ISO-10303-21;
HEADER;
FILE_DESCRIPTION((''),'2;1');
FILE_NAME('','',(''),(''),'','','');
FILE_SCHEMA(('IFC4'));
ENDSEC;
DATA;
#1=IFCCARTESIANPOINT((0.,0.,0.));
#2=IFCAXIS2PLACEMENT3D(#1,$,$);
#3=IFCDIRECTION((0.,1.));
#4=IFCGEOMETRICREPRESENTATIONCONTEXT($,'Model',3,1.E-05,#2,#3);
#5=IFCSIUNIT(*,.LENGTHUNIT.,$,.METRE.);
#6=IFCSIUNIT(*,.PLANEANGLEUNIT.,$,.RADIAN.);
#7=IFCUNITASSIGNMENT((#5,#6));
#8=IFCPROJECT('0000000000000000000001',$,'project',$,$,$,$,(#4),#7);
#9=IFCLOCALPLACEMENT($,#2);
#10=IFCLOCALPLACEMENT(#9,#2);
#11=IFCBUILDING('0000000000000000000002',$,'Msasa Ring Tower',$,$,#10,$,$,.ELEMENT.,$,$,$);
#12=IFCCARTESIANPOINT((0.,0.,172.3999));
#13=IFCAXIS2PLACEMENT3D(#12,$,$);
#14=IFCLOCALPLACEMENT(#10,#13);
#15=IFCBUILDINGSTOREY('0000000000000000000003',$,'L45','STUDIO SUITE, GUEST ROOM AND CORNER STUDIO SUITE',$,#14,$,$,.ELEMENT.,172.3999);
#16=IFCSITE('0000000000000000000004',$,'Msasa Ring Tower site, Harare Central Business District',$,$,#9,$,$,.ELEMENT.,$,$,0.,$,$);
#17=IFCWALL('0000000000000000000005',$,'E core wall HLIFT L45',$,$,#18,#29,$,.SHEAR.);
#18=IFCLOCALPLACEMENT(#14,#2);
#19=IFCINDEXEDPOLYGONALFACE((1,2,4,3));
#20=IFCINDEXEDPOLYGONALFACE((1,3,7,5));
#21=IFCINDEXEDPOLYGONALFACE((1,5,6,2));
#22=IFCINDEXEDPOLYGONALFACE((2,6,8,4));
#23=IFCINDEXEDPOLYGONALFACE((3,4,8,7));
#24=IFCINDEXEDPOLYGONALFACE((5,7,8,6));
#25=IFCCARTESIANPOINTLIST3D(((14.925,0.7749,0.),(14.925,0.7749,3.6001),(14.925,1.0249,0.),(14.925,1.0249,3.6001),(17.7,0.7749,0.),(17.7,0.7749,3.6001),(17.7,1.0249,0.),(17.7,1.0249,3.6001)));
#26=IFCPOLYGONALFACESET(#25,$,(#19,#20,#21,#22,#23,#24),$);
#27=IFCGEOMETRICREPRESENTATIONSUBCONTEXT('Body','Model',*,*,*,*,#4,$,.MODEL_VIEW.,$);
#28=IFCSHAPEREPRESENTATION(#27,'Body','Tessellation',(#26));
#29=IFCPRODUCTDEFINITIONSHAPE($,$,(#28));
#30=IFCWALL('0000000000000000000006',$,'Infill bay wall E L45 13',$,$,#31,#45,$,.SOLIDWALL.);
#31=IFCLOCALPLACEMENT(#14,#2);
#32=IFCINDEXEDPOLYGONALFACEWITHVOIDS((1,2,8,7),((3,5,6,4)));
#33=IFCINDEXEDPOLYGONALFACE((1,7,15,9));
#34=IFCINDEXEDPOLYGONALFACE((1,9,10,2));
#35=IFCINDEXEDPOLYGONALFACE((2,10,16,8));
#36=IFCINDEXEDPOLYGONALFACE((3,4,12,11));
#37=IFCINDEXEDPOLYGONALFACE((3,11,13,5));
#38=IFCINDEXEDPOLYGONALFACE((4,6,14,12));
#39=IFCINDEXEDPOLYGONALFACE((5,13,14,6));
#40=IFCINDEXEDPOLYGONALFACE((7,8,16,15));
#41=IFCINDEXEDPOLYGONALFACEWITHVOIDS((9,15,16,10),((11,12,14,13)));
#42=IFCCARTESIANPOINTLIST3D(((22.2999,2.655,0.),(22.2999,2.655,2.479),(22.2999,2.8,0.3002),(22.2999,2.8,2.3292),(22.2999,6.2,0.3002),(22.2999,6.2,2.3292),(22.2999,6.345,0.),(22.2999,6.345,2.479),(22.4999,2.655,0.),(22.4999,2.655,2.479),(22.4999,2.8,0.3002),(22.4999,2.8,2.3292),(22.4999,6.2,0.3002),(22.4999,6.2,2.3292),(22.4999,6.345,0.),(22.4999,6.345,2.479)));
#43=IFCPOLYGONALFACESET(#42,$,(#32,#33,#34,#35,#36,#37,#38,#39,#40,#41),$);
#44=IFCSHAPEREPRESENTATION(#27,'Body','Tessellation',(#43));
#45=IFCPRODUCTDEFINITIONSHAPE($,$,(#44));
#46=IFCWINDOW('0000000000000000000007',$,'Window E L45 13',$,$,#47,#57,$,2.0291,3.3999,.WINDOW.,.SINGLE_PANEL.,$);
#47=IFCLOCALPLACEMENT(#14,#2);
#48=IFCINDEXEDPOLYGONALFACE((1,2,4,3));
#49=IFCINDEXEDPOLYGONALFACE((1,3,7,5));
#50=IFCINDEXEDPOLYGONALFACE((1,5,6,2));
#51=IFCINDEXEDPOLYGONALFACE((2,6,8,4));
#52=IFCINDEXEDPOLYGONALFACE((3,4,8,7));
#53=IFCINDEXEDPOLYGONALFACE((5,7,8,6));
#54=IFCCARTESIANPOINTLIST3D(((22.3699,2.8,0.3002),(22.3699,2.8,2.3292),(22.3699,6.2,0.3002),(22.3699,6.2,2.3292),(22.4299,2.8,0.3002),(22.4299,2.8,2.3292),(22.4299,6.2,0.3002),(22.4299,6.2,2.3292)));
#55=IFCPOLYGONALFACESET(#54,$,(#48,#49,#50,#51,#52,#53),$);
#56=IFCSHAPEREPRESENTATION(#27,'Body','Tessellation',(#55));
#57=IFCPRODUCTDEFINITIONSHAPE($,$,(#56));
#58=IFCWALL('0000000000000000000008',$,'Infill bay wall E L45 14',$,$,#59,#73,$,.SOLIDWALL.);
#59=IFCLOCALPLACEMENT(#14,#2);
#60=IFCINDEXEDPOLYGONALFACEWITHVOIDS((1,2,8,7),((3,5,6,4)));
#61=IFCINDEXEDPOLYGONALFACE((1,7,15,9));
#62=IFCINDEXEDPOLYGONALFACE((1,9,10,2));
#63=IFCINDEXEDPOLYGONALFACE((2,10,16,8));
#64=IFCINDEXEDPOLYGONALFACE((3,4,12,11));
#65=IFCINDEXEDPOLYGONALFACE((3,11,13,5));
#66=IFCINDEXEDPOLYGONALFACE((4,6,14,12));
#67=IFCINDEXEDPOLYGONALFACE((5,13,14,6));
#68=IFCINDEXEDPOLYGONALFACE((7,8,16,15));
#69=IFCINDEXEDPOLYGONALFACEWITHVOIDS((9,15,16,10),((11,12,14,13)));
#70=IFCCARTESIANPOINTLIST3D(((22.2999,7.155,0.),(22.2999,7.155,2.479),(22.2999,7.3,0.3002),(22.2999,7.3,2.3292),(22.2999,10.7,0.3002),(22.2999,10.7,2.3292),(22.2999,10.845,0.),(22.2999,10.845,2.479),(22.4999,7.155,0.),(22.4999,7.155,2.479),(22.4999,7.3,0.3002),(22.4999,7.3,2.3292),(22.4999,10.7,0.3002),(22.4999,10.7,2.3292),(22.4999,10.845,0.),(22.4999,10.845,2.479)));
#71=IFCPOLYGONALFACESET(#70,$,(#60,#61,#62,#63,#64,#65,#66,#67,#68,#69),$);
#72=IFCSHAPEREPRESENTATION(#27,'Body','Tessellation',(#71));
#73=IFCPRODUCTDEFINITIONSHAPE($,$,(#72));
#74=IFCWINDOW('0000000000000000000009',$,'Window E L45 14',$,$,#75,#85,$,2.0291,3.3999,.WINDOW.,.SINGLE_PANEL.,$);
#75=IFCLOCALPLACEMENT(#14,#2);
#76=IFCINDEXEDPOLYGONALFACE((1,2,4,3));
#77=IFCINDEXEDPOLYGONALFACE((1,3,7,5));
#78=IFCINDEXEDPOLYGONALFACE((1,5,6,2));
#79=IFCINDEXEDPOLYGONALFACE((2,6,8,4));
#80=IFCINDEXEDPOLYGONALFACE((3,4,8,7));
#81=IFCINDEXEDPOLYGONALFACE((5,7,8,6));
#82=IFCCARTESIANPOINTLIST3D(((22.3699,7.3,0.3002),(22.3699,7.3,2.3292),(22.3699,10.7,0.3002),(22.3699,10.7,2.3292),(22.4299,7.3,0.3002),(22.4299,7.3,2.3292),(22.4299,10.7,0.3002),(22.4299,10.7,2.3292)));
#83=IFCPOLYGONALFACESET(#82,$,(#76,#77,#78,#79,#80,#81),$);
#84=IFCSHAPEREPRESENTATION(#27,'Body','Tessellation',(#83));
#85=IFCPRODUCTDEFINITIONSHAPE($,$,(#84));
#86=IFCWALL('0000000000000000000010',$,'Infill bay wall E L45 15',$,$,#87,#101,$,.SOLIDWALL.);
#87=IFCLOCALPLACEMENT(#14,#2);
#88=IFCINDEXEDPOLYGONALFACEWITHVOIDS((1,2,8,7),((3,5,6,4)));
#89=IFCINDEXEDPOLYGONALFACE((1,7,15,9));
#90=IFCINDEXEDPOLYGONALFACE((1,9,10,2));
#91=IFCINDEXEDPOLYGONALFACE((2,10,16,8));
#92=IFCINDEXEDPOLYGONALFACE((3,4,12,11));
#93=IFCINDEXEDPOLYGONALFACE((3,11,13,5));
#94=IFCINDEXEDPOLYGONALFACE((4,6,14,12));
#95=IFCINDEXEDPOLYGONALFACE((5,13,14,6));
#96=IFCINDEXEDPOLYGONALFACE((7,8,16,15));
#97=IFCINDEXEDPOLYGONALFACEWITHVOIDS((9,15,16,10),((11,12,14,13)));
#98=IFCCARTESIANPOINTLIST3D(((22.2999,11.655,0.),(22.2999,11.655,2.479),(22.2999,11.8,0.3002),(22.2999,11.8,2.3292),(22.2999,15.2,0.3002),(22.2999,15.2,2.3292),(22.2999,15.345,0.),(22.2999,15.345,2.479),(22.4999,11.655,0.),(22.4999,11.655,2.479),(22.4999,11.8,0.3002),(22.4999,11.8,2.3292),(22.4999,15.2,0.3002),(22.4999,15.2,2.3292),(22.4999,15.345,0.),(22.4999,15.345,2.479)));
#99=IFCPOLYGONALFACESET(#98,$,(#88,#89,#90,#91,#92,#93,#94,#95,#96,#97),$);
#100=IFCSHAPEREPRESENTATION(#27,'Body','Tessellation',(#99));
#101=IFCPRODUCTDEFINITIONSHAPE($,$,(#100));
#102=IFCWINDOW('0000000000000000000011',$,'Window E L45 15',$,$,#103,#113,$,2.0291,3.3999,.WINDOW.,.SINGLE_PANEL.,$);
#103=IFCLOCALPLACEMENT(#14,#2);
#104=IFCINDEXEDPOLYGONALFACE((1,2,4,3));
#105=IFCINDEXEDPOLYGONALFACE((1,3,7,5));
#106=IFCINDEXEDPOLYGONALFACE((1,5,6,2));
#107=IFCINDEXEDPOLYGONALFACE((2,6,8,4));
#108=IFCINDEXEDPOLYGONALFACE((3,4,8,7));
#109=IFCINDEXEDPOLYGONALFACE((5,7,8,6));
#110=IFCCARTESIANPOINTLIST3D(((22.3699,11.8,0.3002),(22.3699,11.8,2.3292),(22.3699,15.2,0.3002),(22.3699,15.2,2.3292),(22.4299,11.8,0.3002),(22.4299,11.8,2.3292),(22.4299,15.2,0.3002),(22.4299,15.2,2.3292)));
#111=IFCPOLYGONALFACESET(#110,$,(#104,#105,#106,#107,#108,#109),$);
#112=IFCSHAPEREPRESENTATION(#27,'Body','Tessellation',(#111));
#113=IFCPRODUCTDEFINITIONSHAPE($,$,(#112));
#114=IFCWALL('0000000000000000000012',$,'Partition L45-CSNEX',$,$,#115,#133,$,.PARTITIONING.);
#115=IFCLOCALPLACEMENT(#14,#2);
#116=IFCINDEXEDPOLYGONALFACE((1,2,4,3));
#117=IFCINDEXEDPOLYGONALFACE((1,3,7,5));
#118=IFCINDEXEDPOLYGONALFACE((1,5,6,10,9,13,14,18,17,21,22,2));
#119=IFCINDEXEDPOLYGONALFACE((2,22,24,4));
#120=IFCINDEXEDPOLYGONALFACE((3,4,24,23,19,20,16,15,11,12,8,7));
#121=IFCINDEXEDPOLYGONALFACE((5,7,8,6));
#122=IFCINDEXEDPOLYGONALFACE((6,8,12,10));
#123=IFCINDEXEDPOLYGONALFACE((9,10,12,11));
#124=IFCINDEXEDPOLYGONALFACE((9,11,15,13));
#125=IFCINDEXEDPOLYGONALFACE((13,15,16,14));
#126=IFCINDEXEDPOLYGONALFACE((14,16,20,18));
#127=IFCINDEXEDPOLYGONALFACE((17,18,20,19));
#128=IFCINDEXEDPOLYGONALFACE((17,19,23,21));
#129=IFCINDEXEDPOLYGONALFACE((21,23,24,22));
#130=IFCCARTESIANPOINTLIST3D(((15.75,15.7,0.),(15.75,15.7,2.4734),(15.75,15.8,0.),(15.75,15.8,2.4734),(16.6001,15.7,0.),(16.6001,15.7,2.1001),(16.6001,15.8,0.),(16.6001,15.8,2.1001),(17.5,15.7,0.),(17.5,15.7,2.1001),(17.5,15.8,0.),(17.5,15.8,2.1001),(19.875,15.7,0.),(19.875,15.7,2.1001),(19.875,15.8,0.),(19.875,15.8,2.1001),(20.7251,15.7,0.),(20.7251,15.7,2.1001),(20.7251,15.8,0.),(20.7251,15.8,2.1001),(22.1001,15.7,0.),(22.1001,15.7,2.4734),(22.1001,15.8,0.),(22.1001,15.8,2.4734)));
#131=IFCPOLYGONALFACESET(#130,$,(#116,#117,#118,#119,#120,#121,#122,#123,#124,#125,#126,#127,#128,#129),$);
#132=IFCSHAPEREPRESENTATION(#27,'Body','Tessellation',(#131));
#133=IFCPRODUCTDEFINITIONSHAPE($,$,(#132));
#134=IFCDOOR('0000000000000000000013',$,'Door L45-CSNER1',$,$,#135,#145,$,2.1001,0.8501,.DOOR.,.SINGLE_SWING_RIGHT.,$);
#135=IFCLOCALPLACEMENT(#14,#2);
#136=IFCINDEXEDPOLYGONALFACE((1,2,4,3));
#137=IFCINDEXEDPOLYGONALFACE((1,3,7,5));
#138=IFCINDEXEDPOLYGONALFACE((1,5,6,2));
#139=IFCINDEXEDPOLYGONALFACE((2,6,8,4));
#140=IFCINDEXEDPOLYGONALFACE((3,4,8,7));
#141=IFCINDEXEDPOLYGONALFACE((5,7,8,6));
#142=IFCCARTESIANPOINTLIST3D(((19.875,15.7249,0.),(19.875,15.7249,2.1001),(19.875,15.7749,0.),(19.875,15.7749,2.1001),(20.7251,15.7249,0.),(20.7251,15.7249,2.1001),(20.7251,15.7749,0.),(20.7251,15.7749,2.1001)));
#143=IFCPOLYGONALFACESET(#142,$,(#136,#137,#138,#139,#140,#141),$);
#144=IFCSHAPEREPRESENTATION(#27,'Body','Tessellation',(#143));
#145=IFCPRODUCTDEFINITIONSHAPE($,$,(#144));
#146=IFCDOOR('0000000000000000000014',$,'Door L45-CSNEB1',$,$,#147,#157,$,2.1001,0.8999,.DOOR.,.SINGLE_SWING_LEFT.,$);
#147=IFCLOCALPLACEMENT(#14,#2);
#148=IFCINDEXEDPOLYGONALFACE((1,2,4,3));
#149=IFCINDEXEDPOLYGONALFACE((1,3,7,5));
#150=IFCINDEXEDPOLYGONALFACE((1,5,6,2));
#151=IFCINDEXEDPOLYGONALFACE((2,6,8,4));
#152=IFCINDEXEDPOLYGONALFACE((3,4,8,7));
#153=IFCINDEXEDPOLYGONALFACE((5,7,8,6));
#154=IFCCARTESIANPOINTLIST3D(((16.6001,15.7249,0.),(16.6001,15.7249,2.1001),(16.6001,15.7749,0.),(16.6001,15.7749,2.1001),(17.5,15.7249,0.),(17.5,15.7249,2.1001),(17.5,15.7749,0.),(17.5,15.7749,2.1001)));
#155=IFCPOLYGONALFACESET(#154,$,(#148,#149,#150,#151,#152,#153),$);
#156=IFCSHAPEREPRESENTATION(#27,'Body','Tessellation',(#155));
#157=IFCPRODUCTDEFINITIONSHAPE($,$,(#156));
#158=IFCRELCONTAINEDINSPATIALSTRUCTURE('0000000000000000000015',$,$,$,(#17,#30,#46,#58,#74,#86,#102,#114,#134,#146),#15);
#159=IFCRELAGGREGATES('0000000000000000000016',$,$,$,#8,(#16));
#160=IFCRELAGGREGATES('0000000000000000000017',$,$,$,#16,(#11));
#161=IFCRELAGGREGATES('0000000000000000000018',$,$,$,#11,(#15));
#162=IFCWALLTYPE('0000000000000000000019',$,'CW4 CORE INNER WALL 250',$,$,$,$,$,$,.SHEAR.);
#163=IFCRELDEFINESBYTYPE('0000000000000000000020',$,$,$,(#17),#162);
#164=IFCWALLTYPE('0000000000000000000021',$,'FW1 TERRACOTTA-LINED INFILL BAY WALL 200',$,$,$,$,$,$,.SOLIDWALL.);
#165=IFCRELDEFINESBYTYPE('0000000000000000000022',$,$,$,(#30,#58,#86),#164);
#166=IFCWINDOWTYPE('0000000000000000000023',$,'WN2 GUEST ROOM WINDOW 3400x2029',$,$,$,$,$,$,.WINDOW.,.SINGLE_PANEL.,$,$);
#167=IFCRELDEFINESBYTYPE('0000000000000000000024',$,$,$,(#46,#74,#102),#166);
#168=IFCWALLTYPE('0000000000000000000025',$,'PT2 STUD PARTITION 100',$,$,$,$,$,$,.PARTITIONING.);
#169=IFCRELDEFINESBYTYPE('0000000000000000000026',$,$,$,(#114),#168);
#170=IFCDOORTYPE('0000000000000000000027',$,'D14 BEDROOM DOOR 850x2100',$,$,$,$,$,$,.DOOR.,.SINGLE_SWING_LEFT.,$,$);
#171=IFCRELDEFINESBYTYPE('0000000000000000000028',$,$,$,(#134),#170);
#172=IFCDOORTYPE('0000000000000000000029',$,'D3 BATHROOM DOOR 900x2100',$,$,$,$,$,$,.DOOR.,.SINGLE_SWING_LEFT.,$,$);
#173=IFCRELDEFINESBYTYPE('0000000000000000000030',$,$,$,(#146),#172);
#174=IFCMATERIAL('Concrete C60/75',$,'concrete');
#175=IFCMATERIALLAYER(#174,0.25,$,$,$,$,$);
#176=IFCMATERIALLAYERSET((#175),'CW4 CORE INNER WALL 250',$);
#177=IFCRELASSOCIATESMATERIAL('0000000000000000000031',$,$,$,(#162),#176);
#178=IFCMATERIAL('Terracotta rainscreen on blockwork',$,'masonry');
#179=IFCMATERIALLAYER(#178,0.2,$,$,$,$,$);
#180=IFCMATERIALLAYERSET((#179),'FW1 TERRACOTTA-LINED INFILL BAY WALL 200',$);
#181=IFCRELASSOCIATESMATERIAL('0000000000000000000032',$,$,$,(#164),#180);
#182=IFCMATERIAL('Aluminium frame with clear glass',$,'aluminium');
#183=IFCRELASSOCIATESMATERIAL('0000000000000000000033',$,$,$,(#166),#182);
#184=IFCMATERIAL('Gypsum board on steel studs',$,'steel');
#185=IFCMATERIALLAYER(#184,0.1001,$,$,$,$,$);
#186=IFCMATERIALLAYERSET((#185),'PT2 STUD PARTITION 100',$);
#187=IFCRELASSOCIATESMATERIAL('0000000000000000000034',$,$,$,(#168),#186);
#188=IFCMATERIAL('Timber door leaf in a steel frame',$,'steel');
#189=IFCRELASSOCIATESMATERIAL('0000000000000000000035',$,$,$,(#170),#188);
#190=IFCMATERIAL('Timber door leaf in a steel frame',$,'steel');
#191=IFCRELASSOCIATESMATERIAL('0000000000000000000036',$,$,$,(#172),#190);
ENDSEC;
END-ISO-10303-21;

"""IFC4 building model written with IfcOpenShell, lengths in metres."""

from ifc_helpers import new_model, si_unit, direction, frame, frame_2d, origin, place, context, subcontext, project, spatial, rectangle, extrude, material, layer, layer_set, type_object, element, fill, save


model = new_model("IFC4")

# Units and contexts
model_context = context("Model", 3, precision=1e-05, world=origin(), true_north=direction((0.0, 1.0)))
body_context = subcontext(model_context, "Body", "Model", "MODEL_VIEW")
ifc_project = project(units=[si_unit("LENGTHUNIT", "METRE"), si_unit("PLANEANGLEUNIT", "RADIAN")], contexts=[model_context])

# Site, building, storey
site_placement = place(None, origin())
site = spatial("IfcSite", under=ifc_project, at=site_placement, Name="Msasa Ring Tower site, Harare Central Business District", CompositionType="ELEMENT", RefElevation=0.0)
building_placement = place(site_placement, origin())
building = spatial("IfcBuilding", under=site, at=building_placement, Name="Msasa Ring Tower", CompositionType="ELEMENT")
storey_placement = place(building_placement, frame((0.0, 0.0, 172.3999)))
storey = spatial("IfcBuildingStorey", under=building, at=storey_placement, Name="L45", Description="STUDIO SUITE, GUEST ROOM AND CORNER STUDIO SUITE", CompositionType="ELEMENT", Elevation=172.3999)

# Wall
ifc_material_1 = material(Name="Concrete C60/75", Category="concrete")
ifc_layer_1 = layer(ifc_material_1, 0.25)
ifc_layer_set_1 = layer_set([ifc_layer_1], Name="CW4 CORE INNER WALL 250")
wall_type_1 = type_object("IfcWallType", Name="CW4 CORE INNER WALL 250", PredefinedType="SHEAR", material=ifc_layer_set_1)
wall_1_placement = place(storey_placement, frame((14.925, 0.8999, 0.0), z_axis=(0.0, 0.0, 1.0), x_axis=(1.0, 0.0, 0.0)))
element("IfcWall", 1, at=wall_1_placement, inside=storey, type_object=wall_type_1, Name="E core wall HLIFT L45", PredefinedType="SHEAR", context=body_context, shape_type="SweptSolid", body=[
    extrude(rectangle(XDim=2.7749, YDim=0.25, at=frame_2d((1.3875, 0.0))), origin(), (0.0, 0.0, 1.0), 3.6001),
])

# Walls, openings, windows
ifc_material_2 = material(Name="Terracotta rainscreen on blockwork", Category="masonry")
ifc_layer_2 = layer(ifc_material_2, 0.2)
ifc_layer_set_2 = layer_set([ifc_layer_2], Name="FW1 TERRACOTTA-LINED INFILL BAY WALL 200")
wall_type_2 = type_object("IfcWallType", Name="FW1 TERRACOTTA-LINED INFILL BAY WALL 200", PredefinedType="SOLIDWALL", material=ifc_layer_set_2)
wall_2_placement = place(storey_placement, frame((22.3999, 2.655, 0.0), z_axis=(0.0, 0.0, 1.0), x_axis=(0.0, 1.0, 0.0)))
wall_2 = element("IfcWall", 2, at=wall_2_placement, inside=storey, type_object=wall_type_2, Name="Infill bay wall E L45 13", PredefinedType="SOLIDWALL", context=body_context, shape_type="SweptSolid", body=[
    extrude(rectangle(XDim=3.6899, YDim=0.2, at=frame_2d((1.845, 0.0))), origin(), (0.0, 0.0, 1.0), 2.479),
])
opening_1_placement = place(wall_2_placement, frame((0.145, 0.0, 0.3)))
opening_1 = element("IfcOpeningElement", 3, at=opening_1_placement, cuts=wall_2, PredefinedType="OPENING", context=body_context, shape_type="SweptSolid", body=[
    extrude(rectangle(XDim=3.3999, YDim=2.0291, at=frame_2d((1.7, 1.0146))), frame((0.0, 0.1099, 0.0), z_axis=(0.0, -1.0, 0.0), x_axis=(1.0, 0.0, 0.0)), (0.0, 0.0, 1.0), 0.22),
])
ifc_material_3 = material(Name="Aluminium frame with clear glass", Category="aluminium")
window_type = type_object("IfcWindowType", Name="WN2 GUEST ROOM WINDOW 3400x2029", PartitioningType="SINGLE_PANEL", PredefinedType="WINDOW", material=ifc_material_3)
window_1_placement = place(opening_1_placement, origin())
window_1 = element("IfcWindow", 4, at=window_1_placement, inside=storey, type_object=window_type, Name="Window E L45 13", OverallHeight=2.0291, OverallWidth=3.3999, PartitioningType="SINGLE_PANEL", PredefinedType="WINDOW", context=body_context, shape_type="SweptSolid", body=[
    extrude(rectangle(XDim=3.3999, YDim=2.0291, at=frame_2d((1.7, 1.0146))), frame((0.0, 0.03, 0.0), z_axis=(0.0, -1.0, 0.0), x_axis=(1.0, 0.0, 0.0)), (0.0, 0.0, 1.0), 0.0601),
])
fill(opening_1, window_1)
wall_3_placement = place(storey_placement, frame((22.3999, 7.155, 0.0), z_axis=(0.0, 0.0, 1.0), x_axis=(0.0, 1.0, 0.0)))
wall_3 = element("IfcWall", 5, at=wall_3_placement, inside=storey, type_object=wall_type_2, Name="Infill bay wall E L45 14", PredefinedType="SOLIDWALL", context=body_context, shape_type="SweptSolid", body=[
    extrude(rectangle(XDim=3.6899, YDim=0.2, at=frame_2d((1.845, 0.0))), origin(), (0.0, 0.0, 1.0), 2.479),
])
opening_2_placement = place(wall_3_placement, frame((0.145, 0.0, 0.3)))
opening_2 = element("IfcOpeningElement", 6, at=opening_2_placement, cuts=wall_3, PredefinedType="OPENING", context=body_context, shape_type="SweptSolid", body=[
    extrude(rectangle(XDim=3.3999, YDim=2.0291, at=frame_2d((1.7, 1.0146))), frame((0.0, 0.1099, 0.0), z_axis=(0.0, -1.0, 0.0), x_axis=(1.0, 0.0, 0.0)), (0.0, 0.0, 1.0), 0.22),
])
window_2_placement = place(opening_2_placement, origin())
window_2 = element("IfcWindow", 7, at=window_2_placement, inside=storey, type_object=window_type, Name="Window E L45 14", OverallHeight=2.0291, OverallWidth=3.3999, PartitioningType="SINGLE_PANEL", PredefinedType="WINDOW", context=body_context, shape_type="SweptSolid", body=[
    extrude(rectangle(XDim=3.3999, YDim=2.0291, at=frame_2d((1.7, 1.0146))), frame((0.0, 0.03, 0.0), z_axis=(0.0, -1.0, 0.0), x_axis=(1.0, 0.0, 0.0)), (0.0, 0.0, 1.0), 0.0601),
])
fill(opening_2, window_2)
wall_4_placement = place(storey_placement, frame((22.3999, 11.655, 0.0), z_axis=(0.0, 0.0, 1.0), x_axis=(0.0, 1.0, 0.0)))
wall_4 = element("IfcWall", 8, at=wall_4_placement, inside=storey, type_object=wall_type_2, Name="Infill bay wall E L45 15", PredefinedType="SOLIDWALL", context=body_context, shape_type="SweptSolid", body=[
    extrude(rectangle(XDim=3.6899, YDim=0.2, at=frame_2d((1.845, 0.0))), origin(), (0.0, 0.0, 1.0), 2.479),
])
opening_3_placement = place(wall_4_placement, frame((0.145, 0.0, 0.3)))
opening_3 = element("IfcOpeningElement", 9, at=opening_3_placement, cuts=wall_4, PredefinedType="OPENING", context=body_context, shape_type="SweptSolid", body=[
    extrude(rectangle(XDim=3.3999, YDim=2.0291, at=frame_2d((1.7, 1.0146))), frame((0.0, 0.1099, 0.0), z_axis=(0.0, -1.0, 0.0), x_axis=(1.0, 0.0, 0.0)), (0.0, 0.0, 1.0), 0.22),
])
window_3_placement = place(opening_3_placement, origin())
window_3 = element("IfcWindow", 10, at=window_3_placement, inside=storey, type_object=window_type, Name="Window E L45 15", OverallHeight=2.0291, OverallWidth=3.3999, PartitioningType="SINGLE_PANEL", PredefinedType="WINDOW", context=body_context, shape_type="SweptSolid", body=[
    extrude(rectangle(XDim=3.3999, YDim=2.0291, at=frame_2d((1.7, 1.0146))), frame((0.0, 0.03, 0.0), z_axis=(0.0, -1.0, 0.0), x_axis=(1.0, 0.0, 0.0)), (0.0, 0.0, 1.0), 0.0601),
])
fill(opening_3, window_3)

# Wall, openings, doors
ifc_material_4 = material(Name="Gypsum board on steel studs", Category="steel")
ifc_layer_3 = layer(ifc_material_4, 0.1001)
ifc_layer_set_3 = layer_set([ifc_layer_3], Name="PT2 STUD PARTITION 100")
wall_type_3 = type_object("IfcWallType", Name="PT2 STUD PARTITION 100", PredefinedType="PARTITIONING", material=ifc_layer_set_3)
wall_5_placement = place(storey_placement, frame((15.75, 15.75, 0.0), z_axis=(0.0, 0.0, 1.0), x_axis=(1.0, 0.0, 0.0)))
wall_5 = element("IfcWall", 11, at=wall_5_placement, inside=storey, type_object=wall_type_3, Name="Partition L45-CSNEX", PredefinedType="PARTITIONING", context=body_context, shape_type="SweptSolid", body=[
    extrude(rectangle(XDim=6.3501, YDim=0.1001, at=frame_2d((3.175, 0.0))), origin(), (0.0, 0.0, 1.0), 2.4734),
])
opening_4_placement = place(wall_5_placement, frame((4.125, 0.0, 0.0)))
opening_4 = element("IfcOpeningElement", 12, at=opening_4_placement, cuts=wall_5, PredefinedType="OPENING", context=body_context, shape_type="SweptSolid", body=[
    extrude(rectangle(XDim=0.8501, YDim=2.1001, at=frame_2d((0.425, 1.05))), frame((0.0, 0.0601, 0.0), z_axis=(0.0, -1.0, 0.0), x_axis=(1.0, 0.0, 0.0)), (0.0, 0.0, 1.0), 0.1201),
])
opening_5_placement = place(wall_5_placement, frame((0.8501, 0.0, 0.0)))
opening_5 = element("IfcOpeningElement", 13, at=opening_5_placement, cuts=wall_5, PredefinedType="OPENING", context=body_context, shape_type="SweptSolid", body=[
    extrude(rectangle(XDim=0.8999, YDim=2.1001, at=frame_2d((0.45, 1.05))), frame((0.0, 0.0601, 0.0), z_axis=(0.0, -1.0, 0.0), x_axis=(1.0, 0.0, 0.0)), (0.0, 0.0, 1.0), 0.1201),
])
ifc_material_5 = material(Name="Timber door leaf in a steel frame", Category="steel")
door_type_1 = type_object("IfcDoorType", Name="D14 BEDROOM DOOR 850x2100", OperationType="SINGLE_SWING_LEFT", PredefinedType="DOOR", material=ifc_material_5)
door_1_placement = place(opening_4_placement, origin())
door_1 = element("IfcDoor", 14, at=door_1_placement, inside=storey, type_object=door_type_1, Name="Door L45-CSNER1", OperationType="SINGLE_SWING_RIGHT", OverallHeight=2.1001, OverallWidth=0.8501, PredefinedType="DOOR", context=body_context, shape_type="SweptSolid", body=[
    extrude(rectangle(XDim=0.8501, YDim=2.1001, at=frame_2d((0.425, 1.05))), frame((0.0, 0.0249, 0.0), z_axis=(0.0, -1.0, 0.0), x_axis=(1.0, 0.0, 0.0)), (0.0, 0.0, 1.0), 0.05),
])
fill(opening_4, door_1)
ifc_material_6 = material(Name="Timber door leaf in a steel frame", Category="steel")
door_type_2 = type_object("IfcDoorType", Name="D3 BATHROOM DOOR 900x2100", OperationType="SINGLE_SWING_LEFT", PredefinedType="DOOR", material=ifc_material_6)
door_2_placement = place(opening_5_placement, origin())
door_2 = element("IfcDoor", 15, at=door_2_placement, inside=storey, type_object=door_type_2, Name="Door L45-CSNEB1", OperationType="SINGLE_SWING_LEFT", OverallHeight=2.1001, OverallWidth=0.8999, PredefinedType="DOOR", context=body_context, shape_type="SweptSolid", body=[
    extrude(rectangle(XDim=0.8999, YDim=2.1001, at=frame_2d((0.45, 1.05))), frame((0.0, 0.0249, 0.0), z_axis=(0.0, -1.0, 0.0), x_axis=(1.0, 0.0, 0.0)), (0.0, 0.0, 1.0), 0.05),
])
fill(opening_5, door_2)

save(model, "model.ifc")
